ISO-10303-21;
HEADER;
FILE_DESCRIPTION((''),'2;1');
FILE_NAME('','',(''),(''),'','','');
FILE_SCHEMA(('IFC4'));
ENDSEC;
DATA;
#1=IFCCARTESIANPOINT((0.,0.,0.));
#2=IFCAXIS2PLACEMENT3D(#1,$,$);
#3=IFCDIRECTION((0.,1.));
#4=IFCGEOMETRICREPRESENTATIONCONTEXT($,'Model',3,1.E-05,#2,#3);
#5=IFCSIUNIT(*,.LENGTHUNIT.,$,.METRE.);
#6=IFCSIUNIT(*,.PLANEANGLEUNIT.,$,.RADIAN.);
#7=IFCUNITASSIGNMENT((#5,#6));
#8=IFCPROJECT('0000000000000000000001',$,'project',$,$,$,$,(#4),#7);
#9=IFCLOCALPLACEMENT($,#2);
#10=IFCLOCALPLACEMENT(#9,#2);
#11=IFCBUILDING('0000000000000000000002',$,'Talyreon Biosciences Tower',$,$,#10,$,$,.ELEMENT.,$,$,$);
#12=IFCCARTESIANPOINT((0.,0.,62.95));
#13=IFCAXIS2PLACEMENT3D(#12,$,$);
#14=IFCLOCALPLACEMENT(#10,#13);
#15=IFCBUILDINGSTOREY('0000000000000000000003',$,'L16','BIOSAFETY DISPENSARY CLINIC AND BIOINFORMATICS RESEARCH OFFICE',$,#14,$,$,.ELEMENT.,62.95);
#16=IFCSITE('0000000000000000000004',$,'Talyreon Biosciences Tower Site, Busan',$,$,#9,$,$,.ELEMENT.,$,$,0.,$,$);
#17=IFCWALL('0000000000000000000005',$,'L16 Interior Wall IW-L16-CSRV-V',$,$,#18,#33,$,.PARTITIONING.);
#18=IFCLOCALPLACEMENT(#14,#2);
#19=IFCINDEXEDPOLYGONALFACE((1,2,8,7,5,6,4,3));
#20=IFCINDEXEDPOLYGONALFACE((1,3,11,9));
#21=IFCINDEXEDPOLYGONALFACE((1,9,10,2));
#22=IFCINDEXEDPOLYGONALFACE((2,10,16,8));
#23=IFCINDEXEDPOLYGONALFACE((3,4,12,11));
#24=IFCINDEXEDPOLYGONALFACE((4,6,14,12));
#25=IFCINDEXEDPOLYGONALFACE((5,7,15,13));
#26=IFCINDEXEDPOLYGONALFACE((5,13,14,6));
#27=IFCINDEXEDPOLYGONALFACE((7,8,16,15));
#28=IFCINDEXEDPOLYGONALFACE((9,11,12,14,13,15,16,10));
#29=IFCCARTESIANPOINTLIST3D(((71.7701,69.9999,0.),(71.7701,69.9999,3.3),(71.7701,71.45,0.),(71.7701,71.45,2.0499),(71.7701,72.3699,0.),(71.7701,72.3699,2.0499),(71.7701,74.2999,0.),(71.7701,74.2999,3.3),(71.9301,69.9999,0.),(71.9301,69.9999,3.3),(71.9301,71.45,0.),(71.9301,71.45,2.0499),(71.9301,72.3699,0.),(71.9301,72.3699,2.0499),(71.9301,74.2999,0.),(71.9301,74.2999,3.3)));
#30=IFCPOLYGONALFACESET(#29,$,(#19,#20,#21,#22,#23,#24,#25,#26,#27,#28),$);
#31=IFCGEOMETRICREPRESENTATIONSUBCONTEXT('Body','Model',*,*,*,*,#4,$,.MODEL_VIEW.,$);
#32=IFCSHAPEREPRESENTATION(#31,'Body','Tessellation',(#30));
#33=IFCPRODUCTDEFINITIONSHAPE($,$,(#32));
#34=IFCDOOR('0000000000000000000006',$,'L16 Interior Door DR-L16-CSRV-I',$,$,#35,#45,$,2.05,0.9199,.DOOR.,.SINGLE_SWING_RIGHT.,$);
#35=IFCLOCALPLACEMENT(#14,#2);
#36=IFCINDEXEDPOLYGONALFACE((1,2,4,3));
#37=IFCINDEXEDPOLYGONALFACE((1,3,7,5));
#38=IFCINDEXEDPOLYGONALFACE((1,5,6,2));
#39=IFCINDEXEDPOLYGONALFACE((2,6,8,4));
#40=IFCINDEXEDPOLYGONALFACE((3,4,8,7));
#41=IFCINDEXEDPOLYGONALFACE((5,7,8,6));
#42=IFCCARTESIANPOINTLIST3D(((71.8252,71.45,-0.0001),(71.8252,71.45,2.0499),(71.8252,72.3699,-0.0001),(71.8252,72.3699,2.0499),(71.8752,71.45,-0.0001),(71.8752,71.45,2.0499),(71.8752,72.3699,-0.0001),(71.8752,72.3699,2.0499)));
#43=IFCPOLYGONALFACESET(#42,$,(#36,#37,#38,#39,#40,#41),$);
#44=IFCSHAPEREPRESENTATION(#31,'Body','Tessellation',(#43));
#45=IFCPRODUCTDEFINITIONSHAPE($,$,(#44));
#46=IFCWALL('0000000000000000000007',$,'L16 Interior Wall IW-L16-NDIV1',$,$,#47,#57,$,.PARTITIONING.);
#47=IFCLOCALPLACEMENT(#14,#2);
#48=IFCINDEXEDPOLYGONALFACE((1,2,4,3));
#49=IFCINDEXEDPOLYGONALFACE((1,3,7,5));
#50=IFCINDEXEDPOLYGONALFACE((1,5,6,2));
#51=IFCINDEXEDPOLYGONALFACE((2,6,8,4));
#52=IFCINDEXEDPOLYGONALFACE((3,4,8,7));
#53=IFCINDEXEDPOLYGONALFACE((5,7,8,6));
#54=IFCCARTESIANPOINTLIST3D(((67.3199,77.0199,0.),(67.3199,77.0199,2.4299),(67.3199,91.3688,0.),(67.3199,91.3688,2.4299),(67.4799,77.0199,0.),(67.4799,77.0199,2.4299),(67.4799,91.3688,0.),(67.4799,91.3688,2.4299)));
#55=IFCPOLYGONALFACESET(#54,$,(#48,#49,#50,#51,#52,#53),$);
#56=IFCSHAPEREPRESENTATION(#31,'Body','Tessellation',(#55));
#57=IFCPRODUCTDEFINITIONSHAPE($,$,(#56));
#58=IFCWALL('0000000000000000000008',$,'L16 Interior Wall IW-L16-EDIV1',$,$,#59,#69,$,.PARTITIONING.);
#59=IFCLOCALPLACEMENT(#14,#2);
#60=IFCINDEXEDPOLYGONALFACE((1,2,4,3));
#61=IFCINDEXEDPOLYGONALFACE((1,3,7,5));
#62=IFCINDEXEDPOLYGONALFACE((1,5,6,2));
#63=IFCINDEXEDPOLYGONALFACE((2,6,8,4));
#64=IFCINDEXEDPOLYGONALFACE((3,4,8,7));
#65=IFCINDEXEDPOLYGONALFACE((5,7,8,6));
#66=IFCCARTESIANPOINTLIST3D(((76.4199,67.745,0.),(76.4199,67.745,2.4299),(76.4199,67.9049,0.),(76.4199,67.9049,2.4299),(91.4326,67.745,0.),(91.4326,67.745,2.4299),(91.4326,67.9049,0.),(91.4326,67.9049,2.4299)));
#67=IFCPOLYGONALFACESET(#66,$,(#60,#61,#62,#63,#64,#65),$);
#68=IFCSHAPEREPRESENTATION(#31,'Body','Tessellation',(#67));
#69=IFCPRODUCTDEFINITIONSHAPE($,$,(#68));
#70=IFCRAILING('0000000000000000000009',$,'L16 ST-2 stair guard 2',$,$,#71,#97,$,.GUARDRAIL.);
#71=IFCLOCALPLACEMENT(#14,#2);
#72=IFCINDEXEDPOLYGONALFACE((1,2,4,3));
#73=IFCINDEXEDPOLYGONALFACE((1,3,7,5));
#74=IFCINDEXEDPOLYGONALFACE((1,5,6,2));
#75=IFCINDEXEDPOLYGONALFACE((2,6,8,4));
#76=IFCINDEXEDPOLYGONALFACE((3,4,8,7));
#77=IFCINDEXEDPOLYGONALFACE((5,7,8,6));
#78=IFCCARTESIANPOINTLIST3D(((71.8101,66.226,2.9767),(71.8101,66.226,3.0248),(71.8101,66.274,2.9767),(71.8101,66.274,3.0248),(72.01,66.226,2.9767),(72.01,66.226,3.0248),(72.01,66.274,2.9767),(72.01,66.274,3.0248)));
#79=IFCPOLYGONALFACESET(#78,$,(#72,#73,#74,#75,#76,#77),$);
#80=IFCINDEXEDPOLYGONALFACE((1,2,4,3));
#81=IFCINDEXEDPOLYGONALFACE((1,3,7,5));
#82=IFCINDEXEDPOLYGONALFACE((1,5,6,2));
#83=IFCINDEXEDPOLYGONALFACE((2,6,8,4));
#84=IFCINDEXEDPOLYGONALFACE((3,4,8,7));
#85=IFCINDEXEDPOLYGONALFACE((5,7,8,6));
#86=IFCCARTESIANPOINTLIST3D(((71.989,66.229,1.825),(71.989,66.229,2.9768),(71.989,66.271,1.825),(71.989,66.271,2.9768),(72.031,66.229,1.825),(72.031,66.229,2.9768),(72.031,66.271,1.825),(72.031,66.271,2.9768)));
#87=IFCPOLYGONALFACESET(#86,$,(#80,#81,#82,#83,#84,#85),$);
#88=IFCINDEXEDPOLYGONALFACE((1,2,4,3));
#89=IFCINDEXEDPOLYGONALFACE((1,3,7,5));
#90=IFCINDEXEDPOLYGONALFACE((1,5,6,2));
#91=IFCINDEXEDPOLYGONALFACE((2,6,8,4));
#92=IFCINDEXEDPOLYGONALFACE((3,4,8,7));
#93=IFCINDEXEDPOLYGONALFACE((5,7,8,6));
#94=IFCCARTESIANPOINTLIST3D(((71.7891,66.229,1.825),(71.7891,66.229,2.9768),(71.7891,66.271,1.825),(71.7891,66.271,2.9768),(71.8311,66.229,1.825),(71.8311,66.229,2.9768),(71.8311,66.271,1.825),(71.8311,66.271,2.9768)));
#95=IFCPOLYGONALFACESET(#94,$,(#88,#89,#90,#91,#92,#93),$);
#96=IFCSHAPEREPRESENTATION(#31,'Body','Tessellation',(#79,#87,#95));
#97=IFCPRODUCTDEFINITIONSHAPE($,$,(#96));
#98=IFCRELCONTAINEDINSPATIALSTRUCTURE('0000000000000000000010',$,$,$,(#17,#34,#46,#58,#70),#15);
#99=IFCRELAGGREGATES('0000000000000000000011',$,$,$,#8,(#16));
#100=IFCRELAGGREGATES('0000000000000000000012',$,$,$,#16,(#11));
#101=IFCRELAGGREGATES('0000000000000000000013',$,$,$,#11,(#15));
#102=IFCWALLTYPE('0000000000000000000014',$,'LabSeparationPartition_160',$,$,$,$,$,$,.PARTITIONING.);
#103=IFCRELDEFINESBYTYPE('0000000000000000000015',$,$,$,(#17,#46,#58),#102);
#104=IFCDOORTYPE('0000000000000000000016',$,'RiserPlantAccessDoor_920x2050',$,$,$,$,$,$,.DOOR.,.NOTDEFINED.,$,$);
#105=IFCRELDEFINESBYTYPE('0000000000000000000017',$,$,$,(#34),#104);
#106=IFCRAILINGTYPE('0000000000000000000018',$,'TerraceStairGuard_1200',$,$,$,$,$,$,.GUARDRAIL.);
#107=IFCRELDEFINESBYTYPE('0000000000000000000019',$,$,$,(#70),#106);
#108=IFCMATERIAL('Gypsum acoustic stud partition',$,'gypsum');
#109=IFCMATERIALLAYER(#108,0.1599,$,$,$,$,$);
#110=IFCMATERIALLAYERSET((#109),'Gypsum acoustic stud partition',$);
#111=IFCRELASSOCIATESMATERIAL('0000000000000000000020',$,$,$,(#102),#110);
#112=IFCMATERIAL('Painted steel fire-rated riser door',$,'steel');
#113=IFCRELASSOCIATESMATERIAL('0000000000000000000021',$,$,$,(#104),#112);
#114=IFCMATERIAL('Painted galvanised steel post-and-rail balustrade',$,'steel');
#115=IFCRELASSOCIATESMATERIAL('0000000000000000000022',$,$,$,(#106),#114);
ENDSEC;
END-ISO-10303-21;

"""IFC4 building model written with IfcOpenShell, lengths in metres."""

from ifc_helpers import new_model, si_unit, direction, frame, frame_2d, origin, origin_2d, place, context, subcontext, project, spatial, rectangle, extrude, material, layer, layer_set, type_object, element, fill, save


model = new_model("IFC4")

# Units and contexts
model_context = context("Model", 3, precision=1e-05, world=origin(), true_north=direction((0.0, 1.0)))
body_context = subcontext(model_context, "Body", "Model", "MODEL_VIEW")
ifc_project = project(units=[si_unit("LENGTHUNIT", "METRE"), si_unit("PLANEANGLEUNIT", "RADIAN")], contexts=[model_context])

# Site, building, storey
site_placement = place(None, origin())
site = spatial("IfcSite", under=ifc_project, at=site_placement, Name="Talyreon Biosciences Tower Site, Busan", CompositionType="ELEMENT", RefElevation=0.0)
building_placement = place(site_placement, origin())
building = spatial("IfcBuilding", under=site, at=building_placement, Name="Talyreon Biosciences Tower", CompositionType="ELEMENT")
storey_placement = place(building_placement, frame((0.0, 0.0, 62.95)))
storey = spatial("IfcBuildingStorey", under=building, at=storey_placement, Name="L16", Description="BIOSAFETY DISPENSARY CLINIC AND BIOINFORMATICS RESEARCH OFFICE", CompositionType="ELEMENT", Elevation=62.95)

# Wall, opening, door
ifc_material_1 = material(Name="Gypsum acoustic stud partition", Category="gypsum")
ifc_layer_1 = layer(ifc_material_1, 0.1599)
ifc_layer_set_1 = layer_set([ifc_layer_1], Name="Gypsum acoustic stud partition")
wall_type_1 = type_object("IfcWallType", Name="LabSeparationPartition_160", PredefinedType="PARTITIONING", material=ifc_layer_set_1)
wall_1_placement = place(storey_placement, frame((71.8501, 70.0, 0.0), z_axis=(0.0, 0.0, 1.0), x_axis=(0.0, 1.0, 0.0)))
wall_1 = element("IfcWall", 1, at=wall_1_placement, inside=storey, type_object=wall_type_1, Name="L16 Interior Wall IW-L16-CSRV-V", PredefinedType="PARTITIONING", context=body_context, shape_type="SweptSolid", body=[
    extrude(rectangle(XDim=4.3, YDim=0.1599, at=frame_2d((2.1499, 0.0))), origin(), (0.0, 0.0, 1.0), 3.3),
])
opening_placement = place(wall_1_placement, frame((1.45, 0.0, 0.0)))
opening = element("IfcOpeningElement", 2, at=opening_placement, cuts=wall_1, PredefinedType="OPENING", context=body_context, shape_type="SweptSolid", body=[
    extrude(rectangle(XDim=0.9199, YDim=2.05, at=frame_2d((0.46, 1.0249))), frame((0.0, 0.0898, 0.0), z_axis=(0.0, -1.0, 0.0), x_axis=(1.0, 0.0, 0.0)), (0.0, 0.0, 1.0), 0.1799),
])
ifc_material_2 = material(Name="Painted steel fire-rated riser door", Category="steel")
door_type = type_object("IfcDoorType", Name="RiserPlantAccessDoor_920x2050", OperationType="NOTDEFINED", PredefinedType="DOOR", material=ifc_material_2)
door_placement = place(opening_placement, origin())
door = element("IfcDoor", 3, at=door_placement, inside=storey, type_object=door_type, Name="L16 Interior Door DR-L16-CSRV-I", OperationType="SINGLE_SWING_RIGHT", OverallHeight=2.05, OverallWidth=0.9199, PredefinedType="DOOR", context=body_context, shape_type="SweptSolid", body=[
    extrude(rectangle(XDim=0.9199, YDim=2.05, at=frame_2d((0.46, 1.0249))), frame((0.0, 0.0249, 0.0), z_axis=(0.0, -1.0, 0.0), x_axis=(1.0, 0.0, 0.0)), (0.0, 0.0, 1.0), 0.05),
])
fill(opening, door)

# Walls
wall_2_placement = place(storey_placement, frame((67.3999, 77.02, 0.0), z_axis=(0.0, 0.0, 1.0), x_axis=(0.0, 1.0, 0.0)))
element("IfcWall", 4, at=wall_2_placement, inside=storey, type_object=wall_type_1, Name="L16 Interior Wall IW-L16-NDIV1", PredefinedType="PARTITIONING", context=body_context, shape_type="SweptSolid", body=[
    extrude(rectangle(XDim=14.3489, YDim=0.1599, at=frame_2d((7.1743, 0.0))), origin(), (0.0, 0.0, 1.0), 2.4299),
])
wall_3_placement = place(storey_placement, frame((76.4199, 67.825, 0.0), z_axis=(0.0, 0.0, 1.0), x_axis=(1.0, 0.0, 0.0)))
element("IfcWall", 5, at=wall_3_placement, inside=storey, type_object=wall_type_1, Name="L16 Interior Wall IW-L16-EDIV1", PredefinedType="PARTITIONING", context=body_context, shape_type="SweptSolid", body=[
    extrude(rectangle(XDim=15.0127, YDim=0.1599, at=frame_2d((7.5063, 0.0))), origin(), (0.0, 0.0, 1.0), 2.4299),
])

# Railing
ifc_material_3 = material(Name="Painted galvanised steel post-and-rail balustrade", Category="steel")
railing_type = type_object("IfcRailingType", Name="TerraceStairGuard_1200", PredefinedType="GUARDRAIL", material=ifc_material_3)
railing_placement = place(storey_placement, frame((72.01, 66.25, 1.825)))
element("IfcRailing", 6, at=railing_placement, inside=storey, type_object=railing_type, Name="L16 ST-2 stair guard 2", PredefinedType="GUARDRAIL", context=body_context, shape_type="SweptSolid", body=[
    extrude(rectangle(XDim=0.0481, YDim=0.0481, at=origin_2d()), frame((0.0, 0.0, 1.1758), z_axis=(-1.0, 0.0, 0.0), x_axis=(0.0, -1.0, 0.0)), (0.0, 0.0, 1.0), 0.2),
    extrude(rectangle(XDim=0.042, YDim=0.042, at=origin_2d()), origin(), (0.0, 0.0, 1.0), 1.1519),
    extrude(rectangle(XDim=0.042, YDim=0.042, at=origin_2d()), frame((-0.2, 0.0, 0.0)), (0.0, 0.0, 1.0), 1.1519),
])

save(model, "model.ifc")
